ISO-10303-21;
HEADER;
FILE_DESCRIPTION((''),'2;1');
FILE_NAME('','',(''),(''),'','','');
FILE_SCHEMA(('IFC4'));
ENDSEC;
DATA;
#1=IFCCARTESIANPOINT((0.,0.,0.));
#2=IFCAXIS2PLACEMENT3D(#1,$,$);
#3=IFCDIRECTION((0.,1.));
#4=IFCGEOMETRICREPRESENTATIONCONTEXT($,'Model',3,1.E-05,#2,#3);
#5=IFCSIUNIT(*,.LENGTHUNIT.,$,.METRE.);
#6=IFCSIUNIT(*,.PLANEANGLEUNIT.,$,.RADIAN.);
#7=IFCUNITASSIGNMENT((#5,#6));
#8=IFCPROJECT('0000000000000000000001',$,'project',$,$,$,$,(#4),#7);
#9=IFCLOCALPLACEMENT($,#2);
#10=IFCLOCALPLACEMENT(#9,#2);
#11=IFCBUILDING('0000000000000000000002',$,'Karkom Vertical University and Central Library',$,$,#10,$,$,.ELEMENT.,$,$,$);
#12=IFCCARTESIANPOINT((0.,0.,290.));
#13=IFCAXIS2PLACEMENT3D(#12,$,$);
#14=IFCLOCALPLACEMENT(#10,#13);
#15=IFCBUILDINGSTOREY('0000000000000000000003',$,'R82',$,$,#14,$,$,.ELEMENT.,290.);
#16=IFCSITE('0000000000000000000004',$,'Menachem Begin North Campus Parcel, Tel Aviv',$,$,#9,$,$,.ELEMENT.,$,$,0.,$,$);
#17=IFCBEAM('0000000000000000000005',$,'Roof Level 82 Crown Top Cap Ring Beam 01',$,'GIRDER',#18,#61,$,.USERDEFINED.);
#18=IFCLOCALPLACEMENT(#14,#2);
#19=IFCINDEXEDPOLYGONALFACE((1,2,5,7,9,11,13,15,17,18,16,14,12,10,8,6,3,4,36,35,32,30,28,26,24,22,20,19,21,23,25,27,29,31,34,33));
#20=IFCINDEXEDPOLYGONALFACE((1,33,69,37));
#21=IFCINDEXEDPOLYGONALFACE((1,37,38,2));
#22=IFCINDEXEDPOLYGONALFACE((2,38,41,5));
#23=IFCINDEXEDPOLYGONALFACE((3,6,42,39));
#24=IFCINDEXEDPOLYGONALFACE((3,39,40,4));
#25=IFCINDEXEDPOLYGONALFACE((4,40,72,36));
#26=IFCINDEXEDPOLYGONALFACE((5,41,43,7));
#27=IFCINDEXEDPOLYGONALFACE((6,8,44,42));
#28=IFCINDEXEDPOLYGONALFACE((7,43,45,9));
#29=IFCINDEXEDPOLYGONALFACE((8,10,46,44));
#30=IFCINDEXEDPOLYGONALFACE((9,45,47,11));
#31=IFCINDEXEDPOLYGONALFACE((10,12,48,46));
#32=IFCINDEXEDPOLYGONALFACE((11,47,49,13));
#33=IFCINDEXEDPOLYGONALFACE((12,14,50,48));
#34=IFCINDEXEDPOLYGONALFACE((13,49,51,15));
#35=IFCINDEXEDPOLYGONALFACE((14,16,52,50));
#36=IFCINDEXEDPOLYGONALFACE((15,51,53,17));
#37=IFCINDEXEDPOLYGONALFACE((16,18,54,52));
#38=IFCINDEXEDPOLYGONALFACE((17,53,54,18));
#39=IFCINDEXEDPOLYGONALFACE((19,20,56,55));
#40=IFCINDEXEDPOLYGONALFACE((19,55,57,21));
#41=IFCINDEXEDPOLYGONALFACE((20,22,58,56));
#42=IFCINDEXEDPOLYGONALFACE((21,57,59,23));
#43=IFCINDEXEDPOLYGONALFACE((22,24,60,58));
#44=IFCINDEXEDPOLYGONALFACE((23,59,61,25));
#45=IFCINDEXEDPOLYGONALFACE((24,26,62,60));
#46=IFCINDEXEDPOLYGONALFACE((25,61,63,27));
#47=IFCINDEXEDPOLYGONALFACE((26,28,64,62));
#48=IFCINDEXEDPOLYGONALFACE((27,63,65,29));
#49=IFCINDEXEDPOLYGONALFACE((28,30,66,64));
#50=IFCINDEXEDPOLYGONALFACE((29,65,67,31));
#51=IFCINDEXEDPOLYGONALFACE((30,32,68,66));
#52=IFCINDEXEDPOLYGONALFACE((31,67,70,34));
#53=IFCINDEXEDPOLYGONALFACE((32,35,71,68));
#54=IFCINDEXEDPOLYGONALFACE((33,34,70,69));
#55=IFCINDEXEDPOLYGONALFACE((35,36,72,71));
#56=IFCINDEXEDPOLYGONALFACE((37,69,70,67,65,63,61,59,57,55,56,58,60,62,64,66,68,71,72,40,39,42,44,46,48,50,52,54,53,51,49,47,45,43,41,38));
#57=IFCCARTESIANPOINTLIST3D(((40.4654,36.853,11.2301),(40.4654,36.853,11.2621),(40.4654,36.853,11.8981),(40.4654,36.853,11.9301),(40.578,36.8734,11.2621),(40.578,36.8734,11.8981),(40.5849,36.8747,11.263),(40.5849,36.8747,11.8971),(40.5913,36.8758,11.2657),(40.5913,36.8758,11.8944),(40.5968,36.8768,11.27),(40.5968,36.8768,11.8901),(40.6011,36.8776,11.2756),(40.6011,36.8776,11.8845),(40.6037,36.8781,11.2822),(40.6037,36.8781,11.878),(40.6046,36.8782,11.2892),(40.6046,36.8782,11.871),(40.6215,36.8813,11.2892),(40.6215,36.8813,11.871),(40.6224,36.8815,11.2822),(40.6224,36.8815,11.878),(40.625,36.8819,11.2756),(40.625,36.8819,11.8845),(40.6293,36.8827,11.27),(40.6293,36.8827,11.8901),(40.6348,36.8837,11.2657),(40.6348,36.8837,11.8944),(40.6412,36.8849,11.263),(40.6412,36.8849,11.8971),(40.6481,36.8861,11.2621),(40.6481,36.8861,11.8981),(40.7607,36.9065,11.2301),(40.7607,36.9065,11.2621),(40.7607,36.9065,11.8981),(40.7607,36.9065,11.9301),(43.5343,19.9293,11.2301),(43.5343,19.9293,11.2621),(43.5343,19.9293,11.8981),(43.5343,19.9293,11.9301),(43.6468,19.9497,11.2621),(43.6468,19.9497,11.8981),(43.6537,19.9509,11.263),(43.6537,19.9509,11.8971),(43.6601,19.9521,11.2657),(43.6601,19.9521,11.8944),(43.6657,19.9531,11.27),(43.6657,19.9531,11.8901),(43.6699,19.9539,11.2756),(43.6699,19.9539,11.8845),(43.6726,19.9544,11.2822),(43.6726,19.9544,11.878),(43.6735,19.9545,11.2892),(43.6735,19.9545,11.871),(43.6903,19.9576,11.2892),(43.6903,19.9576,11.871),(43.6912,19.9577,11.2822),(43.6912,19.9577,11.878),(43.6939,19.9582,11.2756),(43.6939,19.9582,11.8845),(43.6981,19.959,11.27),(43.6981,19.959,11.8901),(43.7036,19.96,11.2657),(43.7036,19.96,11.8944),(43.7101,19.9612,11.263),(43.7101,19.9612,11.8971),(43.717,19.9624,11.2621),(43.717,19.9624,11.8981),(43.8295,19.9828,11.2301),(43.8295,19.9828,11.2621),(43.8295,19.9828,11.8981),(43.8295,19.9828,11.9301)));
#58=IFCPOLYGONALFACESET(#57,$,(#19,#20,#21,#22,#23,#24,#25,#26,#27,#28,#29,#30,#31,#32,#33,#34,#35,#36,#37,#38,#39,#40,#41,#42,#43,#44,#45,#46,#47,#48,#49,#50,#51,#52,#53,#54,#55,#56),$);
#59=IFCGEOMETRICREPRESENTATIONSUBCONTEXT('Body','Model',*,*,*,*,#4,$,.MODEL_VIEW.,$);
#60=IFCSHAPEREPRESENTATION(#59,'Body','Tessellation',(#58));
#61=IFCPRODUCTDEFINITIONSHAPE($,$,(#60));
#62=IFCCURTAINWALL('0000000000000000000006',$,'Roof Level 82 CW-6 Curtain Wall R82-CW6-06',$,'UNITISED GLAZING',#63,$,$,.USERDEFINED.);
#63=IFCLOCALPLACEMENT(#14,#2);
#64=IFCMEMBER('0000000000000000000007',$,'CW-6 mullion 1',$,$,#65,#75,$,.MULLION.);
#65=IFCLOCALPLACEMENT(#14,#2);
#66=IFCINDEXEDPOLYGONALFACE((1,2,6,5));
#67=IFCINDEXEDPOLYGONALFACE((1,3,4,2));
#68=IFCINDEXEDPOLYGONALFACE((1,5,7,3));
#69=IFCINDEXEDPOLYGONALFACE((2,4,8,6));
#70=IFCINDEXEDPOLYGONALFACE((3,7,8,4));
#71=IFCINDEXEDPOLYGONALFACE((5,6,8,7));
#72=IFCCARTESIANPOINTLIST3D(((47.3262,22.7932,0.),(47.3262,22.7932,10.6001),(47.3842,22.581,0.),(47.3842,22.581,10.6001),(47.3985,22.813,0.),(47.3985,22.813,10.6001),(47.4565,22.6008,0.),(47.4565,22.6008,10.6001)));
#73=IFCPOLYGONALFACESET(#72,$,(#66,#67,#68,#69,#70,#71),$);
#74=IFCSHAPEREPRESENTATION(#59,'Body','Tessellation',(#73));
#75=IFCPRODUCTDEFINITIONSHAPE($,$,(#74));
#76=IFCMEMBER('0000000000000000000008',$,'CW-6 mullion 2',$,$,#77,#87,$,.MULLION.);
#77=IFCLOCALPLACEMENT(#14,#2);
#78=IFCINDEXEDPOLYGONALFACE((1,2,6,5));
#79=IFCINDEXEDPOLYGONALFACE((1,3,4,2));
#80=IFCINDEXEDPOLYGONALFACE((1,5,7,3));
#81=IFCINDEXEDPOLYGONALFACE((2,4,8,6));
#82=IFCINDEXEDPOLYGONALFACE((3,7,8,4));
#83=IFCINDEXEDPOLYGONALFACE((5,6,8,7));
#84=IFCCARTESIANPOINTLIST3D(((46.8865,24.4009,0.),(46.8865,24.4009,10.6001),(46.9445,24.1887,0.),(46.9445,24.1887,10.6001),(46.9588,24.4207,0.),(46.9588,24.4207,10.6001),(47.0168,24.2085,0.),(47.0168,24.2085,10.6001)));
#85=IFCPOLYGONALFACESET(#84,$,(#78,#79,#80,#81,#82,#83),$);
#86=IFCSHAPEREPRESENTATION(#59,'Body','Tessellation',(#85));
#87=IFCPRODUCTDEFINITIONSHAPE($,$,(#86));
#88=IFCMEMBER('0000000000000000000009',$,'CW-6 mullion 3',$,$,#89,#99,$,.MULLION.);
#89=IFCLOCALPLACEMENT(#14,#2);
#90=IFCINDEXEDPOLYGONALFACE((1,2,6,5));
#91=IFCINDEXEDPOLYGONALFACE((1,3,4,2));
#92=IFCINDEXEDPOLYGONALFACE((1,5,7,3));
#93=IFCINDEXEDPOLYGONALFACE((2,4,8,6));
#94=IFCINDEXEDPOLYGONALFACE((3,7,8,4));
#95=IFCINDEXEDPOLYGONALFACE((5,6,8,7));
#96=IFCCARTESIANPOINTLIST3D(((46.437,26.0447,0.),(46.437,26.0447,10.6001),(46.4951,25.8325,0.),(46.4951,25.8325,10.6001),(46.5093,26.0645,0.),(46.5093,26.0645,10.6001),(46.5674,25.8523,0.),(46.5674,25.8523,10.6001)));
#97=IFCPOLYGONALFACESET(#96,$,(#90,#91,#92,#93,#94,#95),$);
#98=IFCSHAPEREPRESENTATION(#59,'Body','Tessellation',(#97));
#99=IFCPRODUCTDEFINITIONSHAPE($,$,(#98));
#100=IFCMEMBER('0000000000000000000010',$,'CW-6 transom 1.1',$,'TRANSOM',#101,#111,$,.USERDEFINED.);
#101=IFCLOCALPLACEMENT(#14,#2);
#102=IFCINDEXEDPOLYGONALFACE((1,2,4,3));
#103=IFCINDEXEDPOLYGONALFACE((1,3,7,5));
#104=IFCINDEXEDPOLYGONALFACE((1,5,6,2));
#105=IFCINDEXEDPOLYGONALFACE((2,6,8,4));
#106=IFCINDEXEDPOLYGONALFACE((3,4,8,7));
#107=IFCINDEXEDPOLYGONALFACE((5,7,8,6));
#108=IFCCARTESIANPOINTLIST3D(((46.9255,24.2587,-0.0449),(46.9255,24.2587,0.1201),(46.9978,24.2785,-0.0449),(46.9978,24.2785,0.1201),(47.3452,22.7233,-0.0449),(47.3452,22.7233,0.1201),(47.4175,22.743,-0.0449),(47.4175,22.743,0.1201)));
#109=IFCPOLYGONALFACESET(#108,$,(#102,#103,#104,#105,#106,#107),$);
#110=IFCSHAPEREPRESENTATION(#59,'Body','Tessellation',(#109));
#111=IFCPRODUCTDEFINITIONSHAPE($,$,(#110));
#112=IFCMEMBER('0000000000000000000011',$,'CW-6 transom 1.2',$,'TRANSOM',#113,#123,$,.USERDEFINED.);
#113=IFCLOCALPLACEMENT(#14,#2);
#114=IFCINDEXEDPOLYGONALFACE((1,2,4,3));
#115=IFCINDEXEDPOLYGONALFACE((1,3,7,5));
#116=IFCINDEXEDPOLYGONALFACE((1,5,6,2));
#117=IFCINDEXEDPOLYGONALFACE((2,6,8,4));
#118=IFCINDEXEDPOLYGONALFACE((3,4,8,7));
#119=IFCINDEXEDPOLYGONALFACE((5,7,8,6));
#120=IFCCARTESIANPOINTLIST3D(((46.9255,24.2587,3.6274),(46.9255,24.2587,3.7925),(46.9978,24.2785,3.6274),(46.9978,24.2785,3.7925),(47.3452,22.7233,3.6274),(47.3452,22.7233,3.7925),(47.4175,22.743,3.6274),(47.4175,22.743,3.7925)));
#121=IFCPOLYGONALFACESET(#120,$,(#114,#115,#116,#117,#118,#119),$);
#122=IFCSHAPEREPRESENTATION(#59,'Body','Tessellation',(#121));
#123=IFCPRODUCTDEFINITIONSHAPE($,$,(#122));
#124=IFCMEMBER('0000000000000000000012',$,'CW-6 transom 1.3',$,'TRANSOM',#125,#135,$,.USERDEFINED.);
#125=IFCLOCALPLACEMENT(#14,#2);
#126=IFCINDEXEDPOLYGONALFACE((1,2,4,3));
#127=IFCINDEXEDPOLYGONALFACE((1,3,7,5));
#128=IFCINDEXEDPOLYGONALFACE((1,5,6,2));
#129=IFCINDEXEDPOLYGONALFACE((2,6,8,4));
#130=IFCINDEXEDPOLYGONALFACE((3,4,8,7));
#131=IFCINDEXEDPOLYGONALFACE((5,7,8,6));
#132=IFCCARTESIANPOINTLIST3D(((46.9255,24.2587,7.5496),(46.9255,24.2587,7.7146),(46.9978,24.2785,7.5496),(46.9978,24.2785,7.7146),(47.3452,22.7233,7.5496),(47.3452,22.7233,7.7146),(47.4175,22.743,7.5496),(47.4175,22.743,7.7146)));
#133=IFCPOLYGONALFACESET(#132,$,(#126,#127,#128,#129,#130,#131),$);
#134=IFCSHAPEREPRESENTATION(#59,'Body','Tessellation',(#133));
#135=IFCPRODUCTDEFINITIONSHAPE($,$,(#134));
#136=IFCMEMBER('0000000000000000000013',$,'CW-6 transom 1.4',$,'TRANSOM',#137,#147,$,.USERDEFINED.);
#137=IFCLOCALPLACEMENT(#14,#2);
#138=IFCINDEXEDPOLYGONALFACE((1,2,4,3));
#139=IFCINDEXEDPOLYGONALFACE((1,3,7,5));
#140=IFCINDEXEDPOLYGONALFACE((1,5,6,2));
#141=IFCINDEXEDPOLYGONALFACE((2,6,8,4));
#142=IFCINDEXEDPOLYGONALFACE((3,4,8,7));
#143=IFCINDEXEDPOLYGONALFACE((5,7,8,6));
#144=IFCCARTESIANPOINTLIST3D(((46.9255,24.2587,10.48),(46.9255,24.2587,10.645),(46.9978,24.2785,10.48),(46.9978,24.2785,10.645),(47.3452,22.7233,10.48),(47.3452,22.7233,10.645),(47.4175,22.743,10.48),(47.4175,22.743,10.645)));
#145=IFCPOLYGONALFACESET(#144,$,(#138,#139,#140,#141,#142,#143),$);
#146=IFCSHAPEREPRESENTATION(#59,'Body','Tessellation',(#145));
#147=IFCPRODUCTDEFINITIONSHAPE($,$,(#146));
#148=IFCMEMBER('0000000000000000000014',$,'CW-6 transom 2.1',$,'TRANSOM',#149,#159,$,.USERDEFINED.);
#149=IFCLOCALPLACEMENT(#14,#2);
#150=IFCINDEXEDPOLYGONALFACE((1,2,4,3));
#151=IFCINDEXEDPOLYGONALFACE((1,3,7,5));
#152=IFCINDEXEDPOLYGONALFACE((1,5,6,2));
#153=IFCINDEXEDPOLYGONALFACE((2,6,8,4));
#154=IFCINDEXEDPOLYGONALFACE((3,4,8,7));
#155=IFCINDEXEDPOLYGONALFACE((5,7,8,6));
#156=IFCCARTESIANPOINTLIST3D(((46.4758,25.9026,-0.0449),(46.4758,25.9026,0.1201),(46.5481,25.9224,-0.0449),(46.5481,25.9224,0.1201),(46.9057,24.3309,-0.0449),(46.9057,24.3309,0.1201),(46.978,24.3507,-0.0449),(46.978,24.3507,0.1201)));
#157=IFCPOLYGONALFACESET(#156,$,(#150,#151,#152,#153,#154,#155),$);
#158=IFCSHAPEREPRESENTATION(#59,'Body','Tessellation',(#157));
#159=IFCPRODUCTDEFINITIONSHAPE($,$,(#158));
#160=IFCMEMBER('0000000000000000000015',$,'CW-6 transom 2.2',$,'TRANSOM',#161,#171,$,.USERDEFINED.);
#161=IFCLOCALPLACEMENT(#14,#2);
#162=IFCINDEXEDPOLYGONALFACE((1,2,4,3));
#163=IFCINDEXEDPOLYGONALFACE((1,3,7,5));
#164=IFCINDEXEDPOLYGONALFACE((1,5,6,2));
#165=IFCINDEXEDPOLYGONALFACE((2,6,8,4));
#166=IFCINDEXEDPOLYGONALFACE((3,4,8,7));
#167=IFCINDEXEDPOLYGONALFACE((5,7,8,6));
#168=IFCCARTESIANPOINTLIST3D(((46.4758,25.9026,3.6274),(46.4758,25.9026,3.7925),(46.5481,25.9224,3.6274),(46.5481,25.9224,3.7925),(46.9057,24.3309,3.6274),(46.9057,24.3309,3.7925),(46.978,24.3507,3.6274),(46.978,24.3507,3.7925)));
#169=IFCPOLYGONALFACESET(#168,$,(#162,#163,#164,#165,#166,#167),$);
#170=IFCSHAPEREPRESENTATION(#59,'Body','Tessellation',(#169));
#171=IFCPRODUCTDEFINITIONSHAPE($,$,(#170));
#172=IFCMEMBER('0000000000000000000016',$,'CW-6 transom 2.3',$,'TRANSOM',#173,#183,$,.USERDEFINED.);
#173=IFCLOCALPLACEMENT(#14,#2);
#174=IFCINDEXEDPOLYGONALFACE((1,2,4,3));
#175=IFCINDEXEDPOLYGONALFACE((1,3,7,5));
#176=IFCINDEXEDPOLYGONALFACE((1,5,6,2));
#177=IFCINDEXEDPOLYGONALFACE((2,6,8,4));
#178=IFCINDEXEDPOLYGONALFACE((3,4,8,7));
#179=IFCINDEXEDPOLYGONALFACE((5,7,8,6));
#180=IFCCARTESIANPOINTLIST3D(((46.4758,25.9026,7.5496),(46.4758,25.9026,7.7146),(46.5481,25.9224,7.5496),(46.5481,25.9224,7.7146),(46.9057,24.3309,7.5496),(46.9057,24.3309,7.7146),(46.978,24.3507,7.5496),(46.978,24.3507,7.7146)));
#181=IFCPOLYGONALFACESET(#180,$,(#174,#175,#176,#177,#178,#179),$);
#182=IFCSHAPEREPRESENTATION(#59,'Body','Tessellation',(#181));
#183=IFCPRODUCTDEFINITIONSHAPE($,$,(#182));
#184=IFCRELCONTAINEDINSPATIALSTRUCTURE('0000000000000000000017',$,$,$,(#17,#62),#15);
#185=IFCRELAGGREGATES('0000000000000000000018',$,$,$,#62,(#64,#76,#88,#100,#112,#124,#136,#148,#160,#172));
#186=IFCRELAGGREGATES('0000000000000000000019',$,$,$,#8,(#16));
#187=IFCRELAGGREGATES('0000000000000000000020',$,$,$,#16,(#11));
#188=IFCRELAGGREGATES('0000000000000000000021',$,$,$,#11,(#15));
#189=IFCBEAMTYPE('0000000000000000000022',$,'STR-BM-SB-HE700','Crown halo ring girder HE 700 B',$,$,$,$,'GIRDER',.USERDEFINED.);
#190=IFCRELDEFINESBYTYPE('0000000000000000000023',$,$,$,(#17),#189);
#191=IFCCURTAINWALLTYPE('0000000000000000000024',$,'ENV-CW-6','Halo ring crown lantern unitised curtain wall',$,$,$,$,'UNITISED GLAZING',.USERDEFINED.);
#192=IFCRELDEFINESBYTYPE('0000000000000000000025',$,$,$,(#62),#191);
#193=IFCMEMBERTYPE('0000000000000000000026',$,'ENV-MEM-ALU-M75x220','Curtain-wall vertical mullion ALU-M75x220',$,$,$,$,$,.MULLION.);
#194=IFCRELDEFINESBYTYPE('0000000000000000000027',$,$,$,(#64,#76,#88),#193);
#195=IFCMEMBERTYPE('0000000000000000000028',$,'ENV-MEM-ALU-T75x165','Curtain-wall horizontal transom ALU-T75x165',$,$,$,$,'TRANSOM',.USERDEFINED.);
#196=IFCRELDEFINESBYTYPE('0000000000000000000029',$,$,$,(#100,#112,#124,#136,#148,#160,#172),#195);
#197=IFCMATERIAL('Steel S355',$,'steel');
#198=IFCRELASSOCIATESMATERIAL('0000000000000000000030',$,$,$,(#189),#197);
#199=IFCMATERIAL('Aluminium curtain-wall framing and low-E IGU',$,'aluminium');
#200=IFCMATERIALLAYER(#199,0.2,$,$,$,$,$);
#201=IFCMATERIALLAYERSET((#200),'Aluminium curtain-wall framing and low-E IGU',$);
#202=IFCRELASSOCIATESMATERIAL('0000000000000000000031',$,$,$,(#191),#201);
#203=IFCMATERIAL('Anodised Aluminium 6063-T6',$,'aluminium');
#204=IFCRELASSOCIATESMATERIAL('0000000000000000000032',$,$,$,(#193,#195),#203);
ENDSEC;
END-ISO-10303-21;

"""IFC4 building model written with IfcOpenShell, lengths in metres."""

from ifc_helpers import new_model, si_unit, direction, frame, origin, origin_with_axes, origin_2d, place, context, subcontext, project, spatial, rectangle, i_section, extrude, source, transform, mapped, material, layer, layer_set, material_profile, profile_set, type_object, element, aggregate, save


model = new_model("IFC4")

# Units and contexts
model_context = context("Model", 3, precision=1e-05, world=origin(), true_north=direction((0.0, 1.0)))
body_context = subcontext(model_context, "Body", "Model", "MODEL_VIEW")
ifc_project = project(units=[si_unit("LENGTHUNIT", "METRE"), si_unit("PLANEANGLEUNIT", "RADIAN")], contexts=[model_context])

# Site, building, storey
site_placement = place(None, origin())
site = spatial("IfcSite", under=ifc_project, at=site_placement, Name="Menachem Begin North Campus Parcel, Tel Aviv", CompositionType="ELEMENT", RefElevation=0.0)
building_placement = place(site_placement, origin())
building = spatial("IfcBuilding", under=site, at=building_placement, Name="Karkom Vertical University and Central Library", CompositionType="ELEMENT")
storey_placement = place(building_placement, frame((0.0, 0.0, 290.0)))
storey = spatial("IfcBuildingStorey", under=building, at=storey_placement, Name="R82", CompositionType="ELEMENT", Elevation=290.0)

# Beam
ifc_material_1 = material(Name="Steel S355", Category="steel")
ifc_material_profile_1 = material_profile(ifc_material_1, i_section(OverallWidth=0.3, OverallDepth=0.7, WebThickness=0.0171, FlangeThickness=0.032, FilletRadius=0.0271, at=origin_2d()), Name="HE 700 B")
ifc_profile_set_1 = profile_set([ifc_material_profile_1], Name="Steel S355")
beam_type = type_object("IfcBeamType", Name="STR-BM-SB-HE700", Description="Crown halo ring girder HE 700 B", ElementType="GIRDER", PredefinedType="USERDEFINED", material=ifc_profile_set_1)
shared_shape_1 = source(origin_with_axes(), body_context, "Body", "SweptSolid", [
    extrude(i_section(OverallWidth=0.3, OverallDepth=0.7, WebThickness=0.0171, FlangeThickness=0.032, FilletRadius=0.0271, at=origin_2d()), origin(), (0.0, 0.0, 1.0), 17.1997),
])
beam_placement = place(storey_placement, frame((43.6819, 19.9561, 11.5801), z_axis=(-0.178423, 0.983954, 0.0), x_axis=(-0.983954, -0.178423, 0.0)))
element("IfcBeam", 1, at=beam_placement, inside=storey, type_object=beam_type, Name="Roof Level 82 Crown Top Cap Ring Beam 01", ObjectType="GIRDER", PredefinedType="USERDEFINED", context=body_context, shape_type="MappedRepresentation", body=[
    mapped(shared_shape_1, transform((0.0, 0.0, 0.0), scale=1.0)),
])

# Curtain wall, members
ifc_material_2 = material(Name="Aluminium curtain-wall framing and low-E IGU", Category="aluminium")
ifc_layer_1 = layer(ifc_material_2, 0.2)
ifc_layer_set_1 = layer_set([ifc_layer_1], Name="Aluminium curtain-wall framing and low-E IGU")
curtain_wall_type = type_object("IfcCurtainWallType", Name="ENV-CW-6", Description="Halo ring crown lantern unitised curtain wall", ElementType="UNITISED GLAZING", PredefinedType="USERDEFINED", material=ifc_layer_set_1)
curtain_wall_placement = place(storey_placement, origin())
curtain_wall = element("IfcCurtainWall", 2, at=curtain_wall_placement, inside=storey, type_object=curtain_wall_type, Name="Roof Level 82 CW-6 Curtain Wall R82-CW6-06", ObjectType="UNITISED GLAZING", PredefinedType="USERDEFINED")
ifc_material_3 = material(Name="Anodised Aluminium 6063-T6", Category="aluminium")
ifc_material_profile_2 = material_profile(ifc_material_3, rectangle(XDim=0.075, YDim=0.22, at=origin_2d()), Name="ALU-M75x220")
ifc_profile_set_2 = profile_set([ifc_material_profile_2], Name="Anodised Aluminium 6063-T6")
member_type_1 = type_object("IfcMemberType", Name="ENV-MEM-ALU-M75x220", Description="Curtain-wall vertical mullion ALU-M75x220", PredefinedType="MULLION", material=ifc_profile_set_2)
shared_shape_2 = source(origin_with_axes(), body_context, "Body", "SweptSolid", [
    extrude(rectangle(XDim=0.075, YDim=0.22, at=origin_2d()), origin(), (0.0, 0.0, 1.0), 10.6001),
])
member_1_placement = place(storey_placement, frame((47.3914, 22.697, 0.0), z_axis=(0.0, 0.0, 1.0), x_axis=(-0.96458, -0.263791, 0.0)))
member_1 = element("IfcMember", 3, at=member_1_placement, type_object=member_type_1, Name="CW-6 mullion 1", PredefinedType="MULLION", context=body_context, shape_type="MappedRepresentation", body=[
    mapped(shared_shape_2, transform((0.0, 0.0, 0.0), scale=1.0)),
])
member_2_placement = place(storey_placement, frame((46.9517, 24.3047, 0.0), z_axis=(0.0, 0.0, 1.0), x_axis=(-0.96458, -0.263791, 0.0)))
member_2 = element("IfcMember", 4, at=member_2_placement, type_object=member_type_1, Name="CW-6 mullion 2", PredefinedType="MULLION", context=body_context, shape_type="MappedRepresentation", body=[
    mapped(shared_shape_2, transform((0.0, 0.0, 0.0), scale=1.0)),
])
member_3_placement = place(storey_placement, frame((46.5022, 25.9485, 0.0), z_axis=(0.0, 0.0, 1.0), x_axis=(-0.96458, -0.263791, 0.0)))
member_3 = element("IfcMember", 5, at=member_3_placement, type_object=member_type_1, Name="CW-6 mullion 3", PredefinedType="MULLION", context=body_context, shape_type="MappedRepresentation", body=[
    mapped(shared_shape_2, transform((0.0, 0.0, 0.0), scale=1.0)),
])
ifc_material_profile_3 = material_profile(ifc_material_3, rectangle(XDim=0.075, YDim=0.165, at=origin_2d()), Name="ALU-T75x165")
ifc_profile_set_3 = profile_set([ifc_material_profile_3], Name="Anodised Aluminium 6063-T6")
member_type_2 = type_object("IfcMemberType", Name="ENV-MEM-ALU-T75x165", Description="Curtain-wall horizontal transom ALU-T75x165", ElementType="TRANSOM", PredefinedType="USERDEFINED", material=ifc_profile_set_3)
shared_shape_3 = source(origin_with_axes(), body_context, "Body", "SweptSolid", [
    extrude(rectangle(XDim=0.075, YDim=0.165, at=origin_2d()), origin(), (0.0, 0.0, 1.0), 1.5918),
])
member_4_placement = place(storey_placement, frame((47.3813, 22.7332, 0.0376), z_axis=(-0.263662, 0.964615, 0.0), x_axis=(-0.964615, -0.263662, 0.0)))
member_4 = element("IfcMember", 6, at=member_4_placement, type_object=member_type_2, Name="CW-6 transom 1.1", ObjectType="TRANSOM", PredefinedType="USERDEFINED", context=body_context, shape_type="MappedRepresentation", body=[
    mapped(shared_shape_3, transform((0.0, 0.0, 0.0), scale=1.0)),
])
member_5_placement = place(storey_placement, frame((47.3813, 22.7332, 3.71), z_axis=(-0.263662, 0.964615, 0.0), x_axis=(-0.964615, -0.263662, 0.0)))
member_5 = element("IfcMember", 7, at=member_5_placement, type_object=member_type_2, Name="CW-6 transom 1.2", ObjectType="TRANSOM", PredefinedType="USERDEFINED", context=body_context, shape_type="MappedRepresentation", body=[
    mapped(shared_shape_3, transform((0.0, 0.0, 0.0), scale=1.0)),
])
member_6_placement = place(storey_placement, frame((47.3813, 22.7332, 7.6321), z_axis=(-0.263662, 0.964615, 0.0), x_axis=(-0.964615, -0.263662, 0.0)))
member_6 = element("IfcMember", 8, at=member_6_placement, type_object=member_type_2, Name="CW-6 transom 1.3", ObjectType="TRANSOM", PredefinedType="USERDEFINED", context=body_context, shape_type="MappedRepresentation", body=[
    mapped(shared_shape_3, transform((0.0, 0.0, 0.0), scale=1.0)),
])
member_7_placement = place(storey_placement, frame((47.3813, 22.7332, 10.5625), z_axis=(-0.263662, 0.964615, 0.0), x_axis=(-0.964615, -0.263662, 0.0)))
member_7 = element("IfcMember", 9, at=member_7_placement, type_object=member_type_2, Name="CW-6 transom 1.4", ObjectType="TRANSOM", PredefinedType="USERDEFINED", context=body_context, shape_type="MappedRepresentation", body=[
    mapped(shared_shape_3, transform((0.0, 0.0, 0.0), scale=1.0)),
])
shared_shape_4 = source(origin_with_axes(), body_context, "Body", "SweptSolid", [
    extrude(rectangle(XDim=0.075, YDim=0.165, at=origin_2d()), origin(), (0.0, 0.0, 1.0), 1.6294),
])
member_8_placement = place(storey_placement, frame((46.9419, 24.3408, 0.0376), z_axis=(-0.263878, 0.964556, 0.0), x_axis=(-0.964556, -0.263878, 0.0)))
member_8 = element("IfcMember", 10, at=member_8_placement, type_object=member_type_2, Name="CW-6 transom 2.1", ObjectType="TRANSOM", PredefinedType="USERDEFINED", context=body_context, shape_type="MappedRepresentation", body=[
    mapped(shared_shape_4, transform((0.0, 0.0, 0.0), scale=1.0)),
])
member_9_placement = place(storey_placement, frame((46.9419, 24.3408, 3.71), z_axis=(-0.263878, 0.964556, 0.0), x_axis=(-0.964556, -0.263878, 0.0)))
member_9 = element("IfcMember", 11, at=member_9_placement, type_object=member_type_2, Name="CW-6 transom 2.2", ObjectType="TRANSOM", PredefinedType="USERDEFINED", context=body_context, shape_type="MappedRepresentation", body=[
    mapped(shared_shape_4, transform((0.0, 0.0, 0.0), scale=1.0)),
])
member_10_placement = place(storey_placement, frame((46.9419, 24.3408, 7.6321), z_axis=(-0.263878, 0.964556, 0.0), x_axis=(-0.964556, -0.263878, 0.0)))
member_10 = element("IfcMember", 12, at=member_10_placement, type_object=member_type_2, Name="CW-6 transom 2.3", ObjectType="TRANSOM", PredefinedType="USERDEFINED", context=body_context, shape_type="MappedRepresentation", body=[
    mapped(shared_shape_4, transform((0.0, 0.0, 0.0), scale=1.0)),
])

aggregate(curtain_wall, [member_1, member_2, member_3, member_4, member_5, member_6, member_7, member_8, member_9, member_10])

save(model, "model.ifc")
